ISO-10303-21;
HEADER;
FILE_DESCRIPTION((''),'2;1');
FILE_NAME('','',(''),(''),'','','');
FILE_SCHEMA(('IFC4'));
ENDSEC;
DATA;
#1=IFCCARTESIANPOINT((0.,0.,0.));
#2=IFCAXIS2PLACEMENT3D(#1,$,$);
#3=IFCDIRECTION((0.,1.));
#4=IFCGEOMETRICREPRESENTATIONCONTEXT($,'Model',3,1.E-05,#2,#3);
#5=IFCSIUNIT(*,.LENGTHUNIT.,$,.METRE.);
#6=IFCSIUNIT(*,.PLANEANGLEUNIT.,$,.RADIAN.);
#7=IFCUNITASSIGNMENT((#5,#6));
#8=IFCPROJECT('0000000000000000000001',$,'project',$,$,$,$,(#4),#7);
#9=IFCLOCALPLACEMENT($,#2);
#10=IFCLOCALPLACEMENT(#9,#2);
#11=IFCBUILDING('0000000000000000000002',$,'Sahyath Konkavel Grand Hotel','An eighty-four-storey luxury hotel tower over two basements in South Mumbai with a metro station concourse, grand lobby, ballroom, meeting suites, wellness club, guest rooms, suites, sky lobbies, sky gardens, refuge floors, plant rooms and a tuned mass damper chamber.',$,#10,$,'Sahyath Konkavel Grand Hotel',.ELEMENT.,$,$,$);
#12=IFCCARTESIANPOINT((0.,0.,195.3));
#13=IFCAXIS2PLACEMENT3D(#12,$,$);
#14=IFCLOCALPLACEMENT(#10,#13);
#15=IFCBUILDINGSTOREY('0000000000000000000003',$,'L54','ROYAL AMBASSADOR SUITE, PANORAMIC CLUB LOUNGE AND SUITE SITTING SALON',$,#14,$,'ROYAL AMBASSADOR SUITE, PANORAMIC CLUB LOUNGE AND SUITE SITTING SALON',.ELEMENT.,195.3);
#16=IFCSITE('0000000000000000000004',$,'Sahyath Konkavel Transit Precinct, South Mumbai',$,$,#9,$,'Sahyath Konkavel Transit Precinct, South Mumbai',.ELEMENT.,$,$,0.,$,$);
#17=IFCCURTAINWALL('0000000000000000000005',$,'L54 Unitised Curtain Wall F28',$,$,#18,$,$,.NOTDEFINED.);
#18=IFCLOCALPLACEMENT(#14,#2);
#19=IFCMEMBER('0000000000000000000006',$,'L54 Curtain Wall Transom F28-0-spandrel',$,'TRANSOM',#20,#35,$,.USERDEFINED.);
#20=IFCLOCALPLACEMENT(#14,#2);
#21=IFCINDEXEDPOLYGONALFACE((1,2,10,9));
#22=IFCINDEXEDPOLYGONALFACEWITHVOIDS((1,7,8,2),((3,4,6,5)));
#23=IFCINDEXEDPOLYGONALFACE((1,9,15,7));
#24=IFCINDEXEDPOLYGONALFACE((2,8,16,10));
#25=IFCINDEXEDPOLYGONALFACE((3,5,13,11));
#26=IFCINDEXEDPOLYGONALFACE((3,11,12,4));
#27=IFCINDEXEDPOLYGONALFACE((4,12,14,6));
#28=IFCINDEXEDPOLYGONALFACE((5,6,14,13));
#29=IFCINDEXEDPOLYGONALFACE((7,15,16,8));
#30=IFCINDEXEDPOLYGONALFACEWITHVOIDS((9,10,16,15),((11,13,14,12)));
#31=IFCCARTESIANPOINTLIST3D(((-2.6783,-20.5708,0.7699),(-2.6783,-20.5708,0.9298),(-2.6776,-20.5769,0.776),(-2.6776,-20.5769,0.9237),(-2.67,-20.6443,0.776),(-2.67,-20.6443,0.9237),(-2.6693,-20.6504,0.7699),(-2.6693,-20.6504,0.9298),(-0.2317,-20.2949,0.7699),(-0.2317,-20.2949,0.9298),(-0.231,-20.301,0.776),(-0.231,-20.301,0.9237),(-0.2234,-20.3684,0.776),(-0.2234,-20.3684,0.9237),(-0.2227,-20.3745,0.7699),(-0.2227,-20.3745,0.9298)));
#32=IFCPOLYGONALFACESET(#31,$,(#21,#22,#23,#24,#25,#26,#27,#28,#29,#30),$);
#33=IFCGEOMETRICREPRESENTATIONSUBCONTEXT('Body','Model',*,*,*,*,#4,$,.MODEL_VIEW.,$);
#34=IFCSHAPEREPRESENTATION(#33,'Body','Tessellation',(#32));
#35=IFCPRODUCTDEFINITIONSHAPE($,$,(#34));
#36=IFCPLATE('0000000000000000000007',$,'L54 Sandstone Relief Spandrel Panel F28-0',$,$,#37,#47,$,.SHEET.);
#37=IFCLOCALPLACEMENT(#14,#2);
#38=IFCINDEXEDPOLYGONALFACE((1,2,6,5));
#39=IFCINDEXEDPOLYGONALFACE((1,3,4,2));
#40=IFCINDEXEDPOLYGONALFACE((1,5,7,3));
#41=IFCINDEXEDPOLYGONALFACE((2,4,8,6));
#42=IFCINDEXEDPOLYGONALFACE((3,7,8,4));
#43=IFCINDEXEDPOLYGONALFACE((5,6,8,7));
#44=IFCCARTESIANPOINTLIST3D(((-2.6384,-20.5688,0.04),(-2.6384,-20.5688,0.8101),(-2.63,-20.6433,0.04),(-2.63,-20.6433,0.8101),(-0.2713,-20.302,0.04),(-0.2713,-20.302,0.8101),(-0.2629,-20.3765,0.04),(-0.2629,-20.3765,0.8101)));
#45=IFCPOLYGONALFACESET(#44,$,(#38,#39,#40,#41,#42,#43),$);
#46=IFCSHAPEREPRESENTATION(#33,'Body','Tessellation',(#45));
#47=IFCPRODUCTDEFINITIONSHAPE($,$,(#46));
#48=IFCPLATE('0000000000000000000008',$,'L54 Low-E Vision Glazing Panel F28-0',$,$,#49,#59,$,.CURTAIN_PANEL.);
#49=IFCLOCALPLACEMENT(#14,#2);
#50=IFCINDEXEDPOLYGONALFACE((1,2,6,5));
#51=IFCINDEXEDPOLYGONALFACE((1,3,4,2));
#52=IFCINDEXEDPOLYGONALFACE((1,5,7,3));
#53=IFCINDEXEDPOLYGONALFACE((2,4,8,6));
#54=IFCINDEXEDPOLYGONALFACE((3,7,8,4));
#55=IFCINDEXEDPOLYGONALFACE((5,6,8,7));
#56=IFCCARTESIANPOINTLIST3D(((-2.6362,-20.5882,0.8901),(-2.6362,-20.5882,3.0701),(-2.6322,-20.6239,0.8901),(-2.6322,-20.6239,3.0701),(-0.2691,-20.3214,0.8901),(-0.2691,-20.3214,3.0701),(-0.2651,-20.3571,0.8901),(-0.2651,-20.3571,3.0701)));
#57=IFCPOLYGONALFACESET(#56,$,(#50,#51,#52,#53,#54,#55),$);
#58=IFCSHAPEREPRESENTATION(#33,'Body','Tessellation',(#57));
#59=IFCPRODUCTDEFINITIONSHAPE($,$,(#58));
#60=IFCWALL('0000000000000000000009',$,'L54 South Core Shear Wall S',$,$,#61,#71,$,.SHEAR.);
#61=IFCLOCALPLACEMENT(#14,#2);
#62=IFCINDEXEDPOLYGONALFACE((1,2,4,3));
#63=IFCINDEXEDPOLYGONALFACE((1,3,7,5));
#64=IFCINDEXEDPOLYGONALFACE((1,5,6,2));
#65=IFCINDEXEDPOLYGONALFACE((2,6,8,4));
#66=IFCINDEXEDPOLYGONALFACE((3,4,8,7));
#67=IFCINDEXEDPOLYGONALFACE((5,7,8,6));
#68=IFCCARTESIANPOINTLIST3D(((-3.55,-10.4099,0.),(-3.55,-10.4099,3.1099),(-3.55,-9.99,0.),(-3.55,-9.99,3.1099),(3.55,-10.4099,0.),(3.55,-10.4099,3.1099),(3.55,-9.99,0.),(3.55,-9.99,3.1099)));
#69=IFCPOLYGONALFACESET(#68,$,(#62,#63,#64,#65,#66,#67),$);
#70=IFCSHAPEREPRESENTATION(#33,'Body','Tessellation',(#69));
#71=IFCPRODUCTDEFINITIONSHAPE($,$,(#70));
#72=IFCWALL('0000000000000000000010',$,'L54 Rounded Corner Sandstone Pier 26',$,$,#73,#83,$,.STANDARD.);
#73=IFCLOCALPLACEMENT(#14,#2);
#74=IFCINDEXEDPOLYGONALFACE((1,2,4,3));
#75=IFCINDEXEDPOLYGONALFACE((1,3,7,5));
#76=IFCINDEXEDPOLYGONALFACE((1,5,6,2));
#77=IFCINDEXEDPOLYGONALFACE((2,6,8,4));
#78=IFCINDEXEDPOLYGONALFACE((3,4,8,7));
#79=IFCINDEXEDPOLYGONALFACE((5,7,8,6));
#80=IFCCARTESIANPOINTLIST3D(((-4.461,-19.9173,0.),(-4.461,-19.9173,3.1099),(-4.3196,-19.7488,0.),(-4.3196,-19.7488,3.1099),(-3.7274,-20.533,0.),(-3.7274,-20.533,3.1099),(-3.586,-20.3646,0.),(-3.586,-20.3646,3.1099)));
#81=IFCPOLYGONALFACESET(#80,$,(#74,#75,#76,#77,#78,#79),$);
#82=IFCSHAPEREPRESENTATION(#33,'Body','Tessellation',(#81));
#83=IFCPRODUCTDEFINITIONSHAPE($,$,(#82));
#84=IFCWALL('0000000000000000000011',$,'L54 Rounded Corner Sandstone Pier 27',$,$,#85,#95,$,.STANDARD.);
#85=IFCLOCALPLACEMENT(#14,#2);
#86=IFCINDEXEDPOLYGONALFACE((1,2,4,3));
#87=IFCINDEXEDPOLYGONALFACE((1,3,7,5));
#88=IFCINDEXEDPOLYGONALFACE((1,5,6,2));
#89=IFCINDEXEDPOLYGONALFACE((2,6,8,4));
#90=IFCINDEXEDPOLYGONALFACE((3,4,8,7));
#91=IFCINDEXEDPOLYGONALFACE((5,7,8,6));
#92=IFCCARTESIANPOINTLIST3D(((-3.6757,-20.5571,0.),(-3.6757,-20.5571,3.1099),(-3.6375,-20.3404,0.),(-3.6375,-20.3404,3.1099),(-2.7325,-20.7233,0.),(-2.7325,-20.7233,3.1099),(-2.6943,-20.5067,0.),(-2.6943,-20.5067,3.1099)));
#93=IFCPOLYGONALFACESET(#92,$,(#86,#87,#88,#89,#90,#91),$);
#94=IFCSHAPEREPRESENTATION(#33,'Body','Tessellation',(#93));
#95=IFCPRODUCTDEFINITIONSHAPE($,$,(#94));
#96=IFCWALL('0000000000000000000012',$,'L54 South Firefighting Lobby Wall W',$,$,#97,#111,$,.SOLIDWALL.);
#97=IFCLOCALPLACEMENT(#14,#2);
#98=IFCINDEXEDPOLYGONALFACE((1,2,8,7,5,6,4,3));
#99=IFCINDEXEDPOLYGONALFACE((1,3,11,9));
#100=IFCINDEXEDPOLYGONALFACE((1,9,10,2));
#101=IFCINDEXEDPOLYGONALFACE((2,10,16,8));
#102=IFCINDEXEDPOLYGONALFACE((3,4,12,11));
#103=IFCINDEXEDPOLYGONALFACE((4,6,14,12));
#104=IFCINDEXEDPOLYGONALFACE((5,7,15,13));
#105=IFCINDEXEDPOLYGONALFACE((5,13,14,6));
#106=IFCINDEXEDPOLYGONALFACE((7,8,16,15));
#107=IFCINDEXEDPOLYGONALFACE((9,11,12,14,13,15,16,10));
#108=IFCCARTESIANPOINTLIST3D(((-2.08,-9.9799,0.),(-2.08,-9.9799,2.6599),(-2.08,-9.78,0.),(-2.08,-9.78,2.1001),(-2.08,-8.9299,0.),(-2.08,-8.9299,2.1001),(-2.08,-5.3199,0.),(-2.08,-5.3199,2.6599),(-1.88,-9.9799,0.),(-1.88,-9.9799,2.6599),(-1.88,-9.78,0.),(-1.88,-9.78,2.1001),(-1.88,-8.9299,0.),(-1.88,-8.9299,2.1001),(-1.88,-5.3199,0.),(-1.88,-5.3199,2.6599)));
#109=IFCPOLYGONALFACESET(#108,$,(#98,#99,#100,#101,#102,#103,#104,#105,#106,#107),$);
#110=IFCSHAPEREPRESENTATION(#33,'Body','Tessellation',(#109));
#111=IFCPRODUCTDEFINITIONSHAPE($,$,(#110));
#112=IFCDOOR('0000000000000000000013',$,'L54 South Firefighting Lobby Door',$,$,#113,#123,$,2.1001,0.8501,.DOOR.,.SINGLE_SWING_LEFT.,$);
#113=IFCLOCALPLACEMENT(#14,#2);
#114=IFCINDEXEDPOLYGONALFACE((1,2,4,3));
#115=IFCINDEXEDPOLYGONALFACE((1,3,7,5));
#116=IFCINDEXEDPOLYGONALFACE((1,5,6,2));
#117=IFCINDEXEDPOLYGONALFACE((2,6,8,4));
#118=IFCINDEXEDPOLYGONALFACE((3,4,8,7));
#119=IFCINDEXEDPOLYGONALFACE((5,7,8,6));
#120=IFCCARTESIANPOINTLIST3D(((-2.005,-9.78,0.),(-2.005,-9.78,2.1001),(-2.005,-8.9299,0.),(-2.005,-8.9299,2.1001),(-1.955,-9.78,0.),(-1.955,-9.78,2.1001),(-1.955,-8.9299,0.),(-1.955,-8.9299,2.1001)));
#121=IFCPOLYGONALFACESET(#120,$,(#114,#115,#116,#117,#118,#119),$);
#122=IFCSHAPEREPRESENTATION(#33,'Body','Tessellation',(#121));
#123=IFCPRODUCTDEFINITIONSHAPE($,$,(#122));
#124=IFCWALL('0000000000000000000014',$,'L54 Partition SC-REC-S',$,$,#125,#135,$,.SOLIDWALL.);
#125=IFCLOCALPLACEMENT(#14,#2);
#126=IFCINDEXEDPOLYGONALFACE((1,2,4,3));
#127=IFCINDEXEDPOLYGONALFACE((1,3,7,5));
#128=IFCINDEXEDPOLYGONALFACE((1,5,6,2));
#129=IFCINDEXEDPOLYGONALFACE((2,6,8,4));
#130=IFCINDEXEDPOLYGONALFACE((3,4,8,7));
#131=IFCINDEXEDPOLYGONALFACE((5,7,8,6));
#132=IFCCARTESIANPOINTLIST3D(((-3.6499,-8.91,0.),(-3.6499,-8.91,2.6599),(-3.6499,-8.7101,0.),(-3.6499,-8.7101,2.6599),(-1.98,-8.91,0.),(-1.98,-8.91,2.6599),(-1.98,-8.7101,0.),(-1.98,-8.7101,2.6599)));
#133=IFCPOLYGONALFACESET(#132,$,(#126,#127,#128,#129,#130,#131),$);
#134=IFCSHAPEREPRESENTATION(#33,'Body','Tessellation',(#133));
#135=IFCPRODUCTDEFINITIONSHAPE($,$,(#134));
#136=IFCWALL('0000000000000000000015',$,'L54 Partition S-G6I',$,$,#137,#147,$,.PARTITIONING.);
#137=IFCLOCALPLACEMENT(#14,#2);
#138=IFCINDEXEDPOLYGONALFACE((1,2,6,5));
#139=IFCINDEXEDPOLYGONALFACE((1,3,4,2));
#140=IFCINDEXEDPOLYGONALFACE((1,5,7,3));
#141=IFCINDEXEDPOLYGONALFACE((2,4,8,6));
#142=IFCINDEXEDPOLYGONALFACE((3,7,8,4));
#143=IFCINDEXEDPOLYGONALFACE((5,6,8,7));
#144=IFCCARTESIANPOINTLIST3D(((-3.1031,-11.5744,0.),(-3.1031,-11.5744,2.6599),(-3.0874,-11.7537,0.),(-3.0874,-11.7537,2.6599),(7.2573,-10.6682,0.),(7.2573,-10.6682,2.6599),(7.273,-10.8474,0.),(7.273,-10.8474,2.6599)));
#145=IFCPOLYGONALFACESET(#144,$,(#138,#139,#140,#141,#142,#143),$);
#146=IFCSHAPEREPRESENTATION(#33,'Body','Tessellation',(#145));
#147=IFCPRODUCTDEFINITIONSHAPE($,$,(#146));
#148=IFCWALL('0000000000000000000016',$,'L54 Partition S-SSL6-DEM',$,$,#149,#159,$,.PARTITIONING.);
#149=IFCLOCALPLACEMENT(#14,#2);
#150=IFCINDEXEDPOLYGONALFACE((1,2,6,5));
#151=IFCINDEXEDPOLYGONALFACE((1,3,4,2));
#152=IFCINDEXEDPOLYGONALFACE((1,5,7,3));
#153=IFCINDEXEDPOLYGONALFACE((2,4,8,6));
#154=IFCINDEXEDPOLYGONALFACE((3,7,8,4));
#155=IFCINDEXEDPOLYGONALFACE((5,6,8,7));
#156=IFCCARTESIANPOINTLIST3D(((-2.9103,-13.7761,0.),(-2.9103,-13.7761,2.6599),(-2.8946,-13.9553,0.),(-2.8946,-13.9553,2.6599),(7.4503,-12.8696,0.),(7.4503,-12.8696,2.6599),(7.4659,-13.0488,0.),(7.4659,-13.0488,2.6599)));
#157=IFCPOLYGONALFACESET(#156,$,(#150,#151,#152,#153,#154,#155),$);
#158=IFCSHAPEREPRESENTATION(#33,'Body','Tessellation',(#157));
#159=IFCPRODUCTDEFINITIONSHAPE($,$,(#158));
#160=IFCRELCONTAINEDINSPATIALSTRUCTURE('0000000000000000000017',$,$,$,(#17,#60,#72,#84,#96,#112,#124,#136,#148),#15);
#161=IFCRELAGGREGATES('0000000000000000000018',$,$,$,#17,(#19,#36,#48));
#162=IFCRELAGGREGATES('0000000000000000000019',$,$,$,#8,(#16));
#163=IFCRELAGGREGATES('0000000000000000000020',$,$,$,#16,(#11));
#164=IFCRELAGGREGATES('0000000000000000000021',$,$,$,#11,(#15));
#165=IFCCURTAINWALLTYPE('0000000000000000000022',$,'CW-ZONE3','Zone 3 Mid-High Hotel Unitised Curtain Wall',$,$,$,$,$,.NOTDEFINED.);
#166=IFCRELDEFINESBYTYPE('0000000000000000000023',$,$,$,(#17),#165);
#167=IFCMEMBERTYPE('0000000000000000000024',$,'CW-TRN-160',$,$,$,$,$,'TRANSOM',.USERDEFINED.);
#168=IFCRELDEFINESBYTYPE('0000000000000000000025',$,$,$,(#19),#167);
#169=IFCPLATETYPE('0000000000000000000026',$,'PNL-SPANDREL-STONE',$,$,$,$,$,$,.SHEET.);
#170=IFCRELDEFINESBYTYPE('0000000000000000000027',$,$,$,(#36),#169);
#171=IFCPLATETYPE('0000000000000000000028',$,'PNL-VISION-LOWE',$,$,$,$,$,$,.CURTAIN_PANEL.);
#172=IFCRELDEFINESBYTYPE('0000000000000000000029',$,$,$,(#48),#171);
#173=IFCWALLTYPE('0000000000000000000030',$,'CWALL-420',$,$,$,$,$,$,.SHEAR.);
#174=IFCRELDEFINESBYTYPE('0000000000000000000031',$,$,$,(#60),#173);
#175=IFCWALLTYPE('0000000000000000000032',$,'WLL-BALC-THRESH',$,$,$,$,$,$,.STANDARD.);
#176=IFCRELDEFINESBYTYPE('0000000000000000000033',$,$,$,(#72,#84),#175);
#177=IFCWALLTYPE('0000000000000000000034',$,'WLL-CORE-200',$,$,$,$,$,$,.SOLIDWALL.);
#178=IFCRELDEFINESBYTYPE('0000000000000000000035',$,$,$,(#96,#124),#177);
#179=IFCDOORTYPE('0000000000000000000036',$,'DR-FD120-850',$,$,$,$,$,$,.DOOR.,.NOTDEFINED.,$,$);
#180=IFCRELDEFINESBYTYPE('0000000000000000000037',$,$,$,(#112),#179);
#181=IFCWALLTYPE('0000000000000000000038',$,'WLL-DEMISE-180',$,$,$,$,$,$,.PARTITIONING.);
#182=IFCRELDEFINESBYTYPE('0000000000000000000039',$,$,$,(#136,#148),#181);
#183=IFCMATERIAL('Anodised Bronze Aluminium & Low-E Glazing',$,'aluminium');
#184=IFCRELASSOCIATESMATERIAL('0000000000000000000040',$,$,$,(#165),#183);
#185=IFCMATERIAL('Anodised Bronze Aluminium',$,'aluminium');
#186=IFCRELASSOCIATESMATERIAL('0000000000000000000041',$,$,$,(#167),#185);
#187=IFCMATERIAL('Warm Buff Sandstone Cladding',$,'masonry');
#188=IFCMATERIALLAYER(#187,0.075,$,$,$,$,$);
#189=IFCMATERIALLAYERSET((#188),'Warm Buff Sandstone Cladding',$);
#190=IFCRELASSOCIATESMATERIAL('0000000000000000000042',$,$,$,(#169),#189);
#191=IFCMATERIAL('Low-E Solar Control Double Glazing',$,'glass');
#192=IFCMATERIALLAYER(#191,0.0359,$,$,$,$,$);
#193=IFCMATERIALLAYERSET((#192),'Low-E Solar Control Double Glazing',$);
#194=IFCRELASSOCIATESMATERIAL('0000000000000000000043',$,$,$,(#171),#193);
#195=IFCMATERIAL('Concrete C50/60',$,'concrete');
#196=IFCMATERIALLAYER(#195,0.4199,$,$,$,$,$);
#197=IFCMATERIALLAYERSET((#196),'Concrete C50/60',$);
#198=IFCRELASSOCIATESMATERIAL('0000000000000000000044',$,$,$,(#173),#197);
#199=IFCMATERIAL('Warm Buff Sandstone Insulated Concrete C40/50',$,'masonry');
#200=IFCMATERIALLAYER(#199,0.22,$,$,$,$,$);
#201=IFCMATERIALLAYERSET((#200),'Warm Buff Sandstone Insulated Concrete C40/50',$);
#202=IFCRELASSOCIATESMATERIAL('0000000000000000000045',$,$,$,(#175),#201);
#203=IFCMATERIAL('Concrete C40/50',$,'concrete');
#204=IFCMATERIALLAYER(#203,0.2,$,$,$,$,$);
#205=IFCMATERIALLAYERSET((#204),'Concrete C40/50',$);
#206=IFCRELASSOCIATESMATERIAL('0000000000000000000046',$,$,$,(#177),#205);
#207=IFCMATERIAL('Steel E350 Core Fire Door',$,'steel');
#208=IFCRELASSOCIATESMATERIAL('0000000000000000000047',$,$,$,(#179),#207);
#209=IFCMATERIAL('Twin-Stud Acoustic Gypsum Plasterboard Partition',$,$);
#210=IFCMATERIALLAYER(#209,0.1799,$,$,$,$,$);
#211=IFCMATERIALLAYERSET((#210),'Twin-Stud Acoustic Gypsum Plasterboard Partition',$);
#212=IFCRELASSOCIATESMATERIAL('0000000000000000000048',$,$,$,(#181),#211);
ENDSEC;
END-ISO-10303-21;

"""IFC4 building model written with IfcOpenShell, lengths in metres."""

from ifc_helpers import new_model, si_unit, direction, frame, frame_2d, origin, origin_2d, place, context, subcontext, project, spatial, rectangle, hollow_rectangle, extrude, source, transform, mapped, material, layer, layer_set, material_profile, profile_set, type_object, element, fill, aggregate, save


model = new_model("IFC4")

# Units and contexts
model_context = context("Model", 3, precision=1e-05, world=origin(), true_north=direction((0.0, 1.0)))
body_context = subcontext(model_context, "Body", "Model", "MODEL_VIEW")
ifc_project = project(units=[si_unit("LENGTHUNIT", "METRE"), si_unit("PLANEANGLEUNIT", "RADIAN")], contexts=[model_context])

# Site, building, storey
site_placement = place(None, origin())
site = spatial("IfcSite", under=ifc_project, at=site_placement, Name="Sahyath Konkavel Transit Precinct, South Mumbai", LongName="Sahyath Konkavel Transit Precinct, South Mumbai", CompositionType="ELEMENT", RefElevation=0.0)
building_placement = place(site_placement, origin())
building = spatial("IfcBuilding", under=site, at=building_placement, Name="Sahyath Konkavel Grand Hotel", Description="An eighty-four-storey luxury hotel tower over two basements in South Mumbai with a metro station concourse, grand lobby, ballroom, meeting suites, wellness club, guest rooms, suites, sky lobbies, sky gardens, refuge floors, plant rooms and a tuned mass damper chamber.", LongName="Sahyath Konkavel Grand Hotel", CompositionType="ELEMENT")
storey_placement = place(building_placement, frame((0.0, 0.0, 195.3)))
storey = spatial("IfcBuildingStorey", under=building, at=storey_placement, Name="L54", Description="ROYAL AMBASSADOR SUITE, PANORAMIC CLUB LOUNGE AND SUITE SITTING SALON", LongName="ROYAL AMBASSADOR SUITE, PANORAMIC CLUB LOUNGE AND SUITE SITTING SALON", CompositionType="ELEMENT", Elevation=195.3)

# Shared definitions
ifc_material_1 = material(Name="Concrete C50/60", Category="concrete")
ifc_material_2 = material(Name="Concrete C40/50", Category="concrete")

# Curtain wall, member, plates
ifc_material_3 = material(Name="Anodised Bronze Aluminium & Low-E Glazing", Category="aluminium")
curtain_wall_type = type_object("IfcCurtainWallType", Name="CW-ZONE3", Description="Zone 3 Mid-High Hotel Unitised Curtain Wall", PredefinedType="NOTDEFINED", material=ifc_material_3)
curtain_wall_placement = place(storey_placement, origin())
curtain_wall = element("IfcCurtainWall", 1, at=curtain_wall_placement, inside=storey, type_object=curtain_wall_type, Name="L54 Unitised Curtain Wall F28", PredefinedType="NOTDEFINED")
ifc_material_4 = material(Name="Anodised Bronze Aluminium", Category="aluminium")
ifc_material_profile_1 = material_profile(ifc_material_4, hollow_rectangle(XDim=0.0801, YDim=0.1599, WallThickness=0.0061, at=origin_2d()), Name="RHS 160x80x6")
ifc_profile_set_1 = profile_set([ifc_material_profile_1], Name="Anodised Bronze Aluminium")
member_type_1 = type_object("IfcMemberType", Name="CW-TRN-160", ElementType="TRANSOM", PredefinedType="USERDEFINED", material=ifc_profile_set_1)
shared_shape_1 = source(origin(), body_context, "Body", "SweptSolid", [
    extrude(hollow_rectangle(XDim=0.0801, YDim=0.1599, WallThickness=0.0061, at=origin_2d()), origin(), (0.0, 0.0, 1.0), 2.4622),
])
member_1_placement = place(storey_placement, frame((-2.6738, -20.6106, 0.8499), z_axis=(0.993702, 0.112053, 0.0), x_axis=(-0.112053, 0.993702, 0.0)))
member_1 = element("IfcMember", 2, at=member_1_placement, type_object=member_type_1, Name="L54 Curtain Wall Transom F28-0-spandrel", ObjectType="TRANSOM", PredefinedType="USERDEFINED", context=body_context, shape_type="MappedRepresentation", body=[
    mapped(shared_shape_1, transform((0.0, 0.0, 0.0), scale=1.0)),
])
ifc_material_5 = material(Name="Warm Buff Sandstone Cladding", Category="masonry")
ifc_layer_1 = layer(ifc_material_5, 0.075)
ifc_layer_set_1 = layer_set([ifc_layer_1], Name="Warm Buff Sandstone Cladding")
plate_type_1 = type_object("IfcPlateType", Name="PNL-SPANDREL-STONE", PredefinedType="SHEET", material=ifc_layer_set_1)
shared_shape_2 = source(origin(), body_context, "Body", "SweptSolid", [
    extrude(rectangle(XDim=2.3821, YDim=0.075, at=origin_2d()), origin(), (0.0, 0.0, 1.0), 0.77),
])
plate_1_placement = place(storey_placement, frame((-1.4507, -20.4727, 0.04), z_axis=(0.0, 0.0, 1.0), x_axis=(0.993707, 0.112007, 0.0)))
plate_1 = element("IfcPlate", 3, at=plate_1_placement, type_object=plate_type_1, Name="L54 Sandstone Relief Spandrel Panel F28-0", PredefinedType="SHEET", context=body_context, shape_type="MappedRepresentation", body=[
    mapped(shared_shape_2, transform((0.0, 0.0, 0.0), scale=1.0)),
])
ifc_material_6 = material(Name="Low-E Solar Control Double Glazing", Category="glass")
ifc_layer_2 = layer(ifc_material_6, 0.0359)
ifc_layer_set_2 = layer_set([ifc_layer_2], Name="Low-E Solar Control Double Glazing")
plate_type_2 = type_object("IfcPlateType", Name="PNL-VISION-LOWE", PredefinedType="CURTAIN_PANEL", material=ifc_layer_set_2)
shared_shape_3 = source(origin(), body_context, "Body", "SweptSolid", [
    extrude(rectangle(XDim=2.3821, YDim=0.0359, at=origin_2d()), origin(), (0.0, 0.0, 1.0), 2.1799),
])
plate_2_placement = place(storey_placement, frame((-1.4507, -20.4727, 0.8901), z_axis=(0.0, 0.0, 1.0), x_axis=(0.993707, 0.112007, 0.0)))
plate_2 = element("IfcPlate", 4, at=plate_2_placement, type_object=plate_type_2, Name="L54 Low-E Vision Glazing Panel F28-0", PredefinedType="CURTAIN_PANEL", context=body_context, shape_type="MappedRepresentation", body=[
    mapped(shared_shape_3, transform((0.0, 0.0, 0.0), scale=1.0)),
])
aggregate(curtain_wall, [member_1, plate_1, plate_2])

# Walls
ifc_layer_3 = layer(ifc_material_1, 0.4199)
ifc_layer_set_3 = layer_set([ifc_layer_3], Name="Concrete C50/60")
wall_type_1 = type_object("IfcWallType", Name="CWALL-420", PredefinedType="SHEAR", material=ifc_layer_set_3)
wall_1_placement = place(storey_placement, frame((-3.55, -10.2, 0.0), z_axis=(0.0, 0.0, 1.0), x_axis=(1.0, 0.0, 0.0)))
element("IfcWall", 5, at=wall_1_placement, inside=storey, type_object=wall_type_1, Name="L54 South Core Shear Wall S", PredefinedType="SHEAR", context=body_context, shape_type="SweptSolid", body=[
    extrude(rectangle(XDim=7.1001, YDim=0.4199, at=frame_2d((3.55, 0.0))), origin(), (0.0, 0.0, 1.0), 3.1099),
])
ifc_material_7 = material(Name="Warm Buff Sandstone Insulated Concrete C40/50", Category="masonry")
ifc_layer_4 = layer(ifc_material_7, 0.22)
ifc_layer_set_4 = layer_set([ifc_layer_4], Name="Warm Buff Sandstone Insulated Concrete C40/50")
wall_type_2 = type_object("IfcWallType", Name="WLL-BALC-THRESH", PredefinedType="STANDARD", material=ifc_layer_set_4)
for number, where, z_axis, x_axis, name in (
    (6, (-4.3904, -19.833, 0.0), (0.0, 0.0, 1.0), (0.765981, -0.642863, 0.0), "L54 Rounded Corner Sandstone Pier 26"),
    (7, (-3.6567, -20.4487, 0.0), (0.0, 0.0, 1.0), (0.984814, -0.173611, 0.0), "L54 Rounded Corner Sandstone Pier 27"),
):
    element("IfcWall", number, at=place(storey_placement, frame(where, z_axis=z_axis, x_axis=x_axis)), inside=storey, type_object=wall_type_2, Name=name, PredefinedType="STANDARD", context=body_context, shape_type="SweptSolid", body=[
        extrude(rectangle(XDim=0.9578, YDim=0.22, at=frame_2d((0.479, 0.0))), origin(), (0.0, 0.0, 1.0), 3.1099),
    ])

# Wall, opening, door
ifc_layer_5 = layer(ifc_material_2, 0.2)
ifc_layer_set_5 = layer_set([ifc_layer_5], Name="Concrete C40/50")
wall_type_3 = type_object("IfcWallType", Name="WLL-CORE-200", PredefinedType="SOLIDWALL", material=ifc_layer_set_5)
wall_2_placement = place(storey_placement, frame((-1.98, -9.98, 0.0), z_axis=(0.0, 0.0, 1.0), x_axis=(0.0, 1.0, 0.0)))
wall_2 = element("IfcWall", 8, at=wall_2_placement, inside=storey, type_object=wall_type_3, Name="L54 South Firefighting Lobby Wall W", PredefinedType="SOLIDWALL", context=body_context, shape_type="SweptSolid", body=[
    extrude(rectangle(XDim=4.6599, YDim=0.2, at=frame_2d((2.3301, 0.0))), origin(), (0.0, 0.0, 1.0), 2.6599),
])
opening_1_placement = place(wall_2_placement, frame((0.2, 0.0, 0.0)))
opening_1 = element("IfcOpeningElement", 9, at=opening_1_placement, cuts=wall_2, PredefinedType="OPENING", context=body_context, shape_type="SweptSolid", body=[
    extrude(rectangle(XDim=0.8501, YDim=2.1001, at=frame_2d((0.425, 1.05))), frame((0.0, 0.1099, 0.0), z_axis=(0.0, -1.0, 0.0), x_axis=(1.0, 0.0, 0.0)), (0.0, 0.0, 1.0), 0.22),
])
ifc_material_8 = material(Name="Steel E350 Core Fire Door", Category="steel")
door_type_1 = type_object("IfcDoorType", Name="DR-FD120-850", OperationType="NOTDEFINED", PredefinedType="DOOR", material=ifc_material_8)
shared_shape_4 = source(origin(), body_context, "Body", "SweptSolid", [
    extrude(rectangle(XDim=0.8501, YDim=0.05, at=origin_2d()), origin(), (0.0, 0.0, 1.0), 2.1001),
])
door_1_placement = place(opening_1_placement, frame((0.425, 0.0, 0.0)))
door_1 = element("IfcDoor", 10, at=door_1_placement, inside=storey, type_object=door_type_1, Name="L54 South Firefighting Lobby Door", OperationType="SINGLE_SWING_LEFT", OverallHeight=2.1001, OverallWidth=0.8501, PredefinedType="DOOR", context=body_context, shape_type="MappedRepresentation", body=[
    mapped(shared_shape_4, transform((0.0, 0.0, 0.0), scale=1.0)),
])
fill(opening_1, door_1)

# Walls
wall_3_placement = place(storey_placement, frame((-3.6499, -8.8101, 0.0), z_axis=(0.0, 0.0, 1.0), x_axis=(1.0, 0.0, 0.0)))
element("IfcWall", 11, at=wall_3_placement, inside=storey, type_object=wall_type_3, Name="L54 Partition SC-REC-S", PredefinedType="SOLIDWALL", context=body_context, shape_type="SweptSolid", body=[
    extrude(rectangle(XDim=1.6699, YDim=0.2, at=frame_2d((0.835, 0.0))), origin(), (0.0, 0.0, 1.0), 2.6599),
])
ifc_material_9 = material(Name="Twin-Stud Acoustic Gypsum Plasterboard Partition")
ifc_layer_6 = layer(ifc_material_9, 0.1799)
ifc_layer_set_6 = layer_set([ifc_layer_6], Name="Twin-Stud Acoustic Gypsum Plasterboard Partition")
wall_type_4 = type_object("IfcWallType", Name="WLL-DEMISE-180", PredefinedType="PARTITIONING", material=ifc_layer_set_6)
wall_4_placement = place(storey_placement, frame((-3.0952, -11.6641, 0.0), z_axis=(0.0, 0.0, 1.0), x_axis=(0.996196, 0.08714, 0.0)))
element("IfcWall", 12, at=wall_4_placement, inside=storey, type_object=wall_type_4, Name="L54 Partition S-G6I", PredefinedType="PARTITIONING", context=body_context, shape_type="SweptSolid", body=[
    extrude(rectangle(XDim=10.3999, YDim=0.1799, at=frame_2d((5.2, 0.0))), origin(), (0.0, 0.0, 1.0), 2.6599),
])
wall_5_placement = place(storey_placement, frame((-2.9026, -13.8657, 0.0), z_axis=(0.0, 0.0, 1.0), x_axis=(0.996194, 0.087161, 0.0)))
element("IfcWall", 13, at=wall_5_placement, inside=storey, type_object=wall_type_4, Name="L54 Partition S-SSL6-DEM", PredefinedType="PARTITIONING", context=body_context, shape_type="SweptSolid", body=[
    extrude(rectangle(XDim=10.4001, YDim=0.1799, at=frame_2d((5.2002, 0.0))), origin(), (0.0, 0.0, 1.0), 2.6599),
])

save(model, "model.ifc")
